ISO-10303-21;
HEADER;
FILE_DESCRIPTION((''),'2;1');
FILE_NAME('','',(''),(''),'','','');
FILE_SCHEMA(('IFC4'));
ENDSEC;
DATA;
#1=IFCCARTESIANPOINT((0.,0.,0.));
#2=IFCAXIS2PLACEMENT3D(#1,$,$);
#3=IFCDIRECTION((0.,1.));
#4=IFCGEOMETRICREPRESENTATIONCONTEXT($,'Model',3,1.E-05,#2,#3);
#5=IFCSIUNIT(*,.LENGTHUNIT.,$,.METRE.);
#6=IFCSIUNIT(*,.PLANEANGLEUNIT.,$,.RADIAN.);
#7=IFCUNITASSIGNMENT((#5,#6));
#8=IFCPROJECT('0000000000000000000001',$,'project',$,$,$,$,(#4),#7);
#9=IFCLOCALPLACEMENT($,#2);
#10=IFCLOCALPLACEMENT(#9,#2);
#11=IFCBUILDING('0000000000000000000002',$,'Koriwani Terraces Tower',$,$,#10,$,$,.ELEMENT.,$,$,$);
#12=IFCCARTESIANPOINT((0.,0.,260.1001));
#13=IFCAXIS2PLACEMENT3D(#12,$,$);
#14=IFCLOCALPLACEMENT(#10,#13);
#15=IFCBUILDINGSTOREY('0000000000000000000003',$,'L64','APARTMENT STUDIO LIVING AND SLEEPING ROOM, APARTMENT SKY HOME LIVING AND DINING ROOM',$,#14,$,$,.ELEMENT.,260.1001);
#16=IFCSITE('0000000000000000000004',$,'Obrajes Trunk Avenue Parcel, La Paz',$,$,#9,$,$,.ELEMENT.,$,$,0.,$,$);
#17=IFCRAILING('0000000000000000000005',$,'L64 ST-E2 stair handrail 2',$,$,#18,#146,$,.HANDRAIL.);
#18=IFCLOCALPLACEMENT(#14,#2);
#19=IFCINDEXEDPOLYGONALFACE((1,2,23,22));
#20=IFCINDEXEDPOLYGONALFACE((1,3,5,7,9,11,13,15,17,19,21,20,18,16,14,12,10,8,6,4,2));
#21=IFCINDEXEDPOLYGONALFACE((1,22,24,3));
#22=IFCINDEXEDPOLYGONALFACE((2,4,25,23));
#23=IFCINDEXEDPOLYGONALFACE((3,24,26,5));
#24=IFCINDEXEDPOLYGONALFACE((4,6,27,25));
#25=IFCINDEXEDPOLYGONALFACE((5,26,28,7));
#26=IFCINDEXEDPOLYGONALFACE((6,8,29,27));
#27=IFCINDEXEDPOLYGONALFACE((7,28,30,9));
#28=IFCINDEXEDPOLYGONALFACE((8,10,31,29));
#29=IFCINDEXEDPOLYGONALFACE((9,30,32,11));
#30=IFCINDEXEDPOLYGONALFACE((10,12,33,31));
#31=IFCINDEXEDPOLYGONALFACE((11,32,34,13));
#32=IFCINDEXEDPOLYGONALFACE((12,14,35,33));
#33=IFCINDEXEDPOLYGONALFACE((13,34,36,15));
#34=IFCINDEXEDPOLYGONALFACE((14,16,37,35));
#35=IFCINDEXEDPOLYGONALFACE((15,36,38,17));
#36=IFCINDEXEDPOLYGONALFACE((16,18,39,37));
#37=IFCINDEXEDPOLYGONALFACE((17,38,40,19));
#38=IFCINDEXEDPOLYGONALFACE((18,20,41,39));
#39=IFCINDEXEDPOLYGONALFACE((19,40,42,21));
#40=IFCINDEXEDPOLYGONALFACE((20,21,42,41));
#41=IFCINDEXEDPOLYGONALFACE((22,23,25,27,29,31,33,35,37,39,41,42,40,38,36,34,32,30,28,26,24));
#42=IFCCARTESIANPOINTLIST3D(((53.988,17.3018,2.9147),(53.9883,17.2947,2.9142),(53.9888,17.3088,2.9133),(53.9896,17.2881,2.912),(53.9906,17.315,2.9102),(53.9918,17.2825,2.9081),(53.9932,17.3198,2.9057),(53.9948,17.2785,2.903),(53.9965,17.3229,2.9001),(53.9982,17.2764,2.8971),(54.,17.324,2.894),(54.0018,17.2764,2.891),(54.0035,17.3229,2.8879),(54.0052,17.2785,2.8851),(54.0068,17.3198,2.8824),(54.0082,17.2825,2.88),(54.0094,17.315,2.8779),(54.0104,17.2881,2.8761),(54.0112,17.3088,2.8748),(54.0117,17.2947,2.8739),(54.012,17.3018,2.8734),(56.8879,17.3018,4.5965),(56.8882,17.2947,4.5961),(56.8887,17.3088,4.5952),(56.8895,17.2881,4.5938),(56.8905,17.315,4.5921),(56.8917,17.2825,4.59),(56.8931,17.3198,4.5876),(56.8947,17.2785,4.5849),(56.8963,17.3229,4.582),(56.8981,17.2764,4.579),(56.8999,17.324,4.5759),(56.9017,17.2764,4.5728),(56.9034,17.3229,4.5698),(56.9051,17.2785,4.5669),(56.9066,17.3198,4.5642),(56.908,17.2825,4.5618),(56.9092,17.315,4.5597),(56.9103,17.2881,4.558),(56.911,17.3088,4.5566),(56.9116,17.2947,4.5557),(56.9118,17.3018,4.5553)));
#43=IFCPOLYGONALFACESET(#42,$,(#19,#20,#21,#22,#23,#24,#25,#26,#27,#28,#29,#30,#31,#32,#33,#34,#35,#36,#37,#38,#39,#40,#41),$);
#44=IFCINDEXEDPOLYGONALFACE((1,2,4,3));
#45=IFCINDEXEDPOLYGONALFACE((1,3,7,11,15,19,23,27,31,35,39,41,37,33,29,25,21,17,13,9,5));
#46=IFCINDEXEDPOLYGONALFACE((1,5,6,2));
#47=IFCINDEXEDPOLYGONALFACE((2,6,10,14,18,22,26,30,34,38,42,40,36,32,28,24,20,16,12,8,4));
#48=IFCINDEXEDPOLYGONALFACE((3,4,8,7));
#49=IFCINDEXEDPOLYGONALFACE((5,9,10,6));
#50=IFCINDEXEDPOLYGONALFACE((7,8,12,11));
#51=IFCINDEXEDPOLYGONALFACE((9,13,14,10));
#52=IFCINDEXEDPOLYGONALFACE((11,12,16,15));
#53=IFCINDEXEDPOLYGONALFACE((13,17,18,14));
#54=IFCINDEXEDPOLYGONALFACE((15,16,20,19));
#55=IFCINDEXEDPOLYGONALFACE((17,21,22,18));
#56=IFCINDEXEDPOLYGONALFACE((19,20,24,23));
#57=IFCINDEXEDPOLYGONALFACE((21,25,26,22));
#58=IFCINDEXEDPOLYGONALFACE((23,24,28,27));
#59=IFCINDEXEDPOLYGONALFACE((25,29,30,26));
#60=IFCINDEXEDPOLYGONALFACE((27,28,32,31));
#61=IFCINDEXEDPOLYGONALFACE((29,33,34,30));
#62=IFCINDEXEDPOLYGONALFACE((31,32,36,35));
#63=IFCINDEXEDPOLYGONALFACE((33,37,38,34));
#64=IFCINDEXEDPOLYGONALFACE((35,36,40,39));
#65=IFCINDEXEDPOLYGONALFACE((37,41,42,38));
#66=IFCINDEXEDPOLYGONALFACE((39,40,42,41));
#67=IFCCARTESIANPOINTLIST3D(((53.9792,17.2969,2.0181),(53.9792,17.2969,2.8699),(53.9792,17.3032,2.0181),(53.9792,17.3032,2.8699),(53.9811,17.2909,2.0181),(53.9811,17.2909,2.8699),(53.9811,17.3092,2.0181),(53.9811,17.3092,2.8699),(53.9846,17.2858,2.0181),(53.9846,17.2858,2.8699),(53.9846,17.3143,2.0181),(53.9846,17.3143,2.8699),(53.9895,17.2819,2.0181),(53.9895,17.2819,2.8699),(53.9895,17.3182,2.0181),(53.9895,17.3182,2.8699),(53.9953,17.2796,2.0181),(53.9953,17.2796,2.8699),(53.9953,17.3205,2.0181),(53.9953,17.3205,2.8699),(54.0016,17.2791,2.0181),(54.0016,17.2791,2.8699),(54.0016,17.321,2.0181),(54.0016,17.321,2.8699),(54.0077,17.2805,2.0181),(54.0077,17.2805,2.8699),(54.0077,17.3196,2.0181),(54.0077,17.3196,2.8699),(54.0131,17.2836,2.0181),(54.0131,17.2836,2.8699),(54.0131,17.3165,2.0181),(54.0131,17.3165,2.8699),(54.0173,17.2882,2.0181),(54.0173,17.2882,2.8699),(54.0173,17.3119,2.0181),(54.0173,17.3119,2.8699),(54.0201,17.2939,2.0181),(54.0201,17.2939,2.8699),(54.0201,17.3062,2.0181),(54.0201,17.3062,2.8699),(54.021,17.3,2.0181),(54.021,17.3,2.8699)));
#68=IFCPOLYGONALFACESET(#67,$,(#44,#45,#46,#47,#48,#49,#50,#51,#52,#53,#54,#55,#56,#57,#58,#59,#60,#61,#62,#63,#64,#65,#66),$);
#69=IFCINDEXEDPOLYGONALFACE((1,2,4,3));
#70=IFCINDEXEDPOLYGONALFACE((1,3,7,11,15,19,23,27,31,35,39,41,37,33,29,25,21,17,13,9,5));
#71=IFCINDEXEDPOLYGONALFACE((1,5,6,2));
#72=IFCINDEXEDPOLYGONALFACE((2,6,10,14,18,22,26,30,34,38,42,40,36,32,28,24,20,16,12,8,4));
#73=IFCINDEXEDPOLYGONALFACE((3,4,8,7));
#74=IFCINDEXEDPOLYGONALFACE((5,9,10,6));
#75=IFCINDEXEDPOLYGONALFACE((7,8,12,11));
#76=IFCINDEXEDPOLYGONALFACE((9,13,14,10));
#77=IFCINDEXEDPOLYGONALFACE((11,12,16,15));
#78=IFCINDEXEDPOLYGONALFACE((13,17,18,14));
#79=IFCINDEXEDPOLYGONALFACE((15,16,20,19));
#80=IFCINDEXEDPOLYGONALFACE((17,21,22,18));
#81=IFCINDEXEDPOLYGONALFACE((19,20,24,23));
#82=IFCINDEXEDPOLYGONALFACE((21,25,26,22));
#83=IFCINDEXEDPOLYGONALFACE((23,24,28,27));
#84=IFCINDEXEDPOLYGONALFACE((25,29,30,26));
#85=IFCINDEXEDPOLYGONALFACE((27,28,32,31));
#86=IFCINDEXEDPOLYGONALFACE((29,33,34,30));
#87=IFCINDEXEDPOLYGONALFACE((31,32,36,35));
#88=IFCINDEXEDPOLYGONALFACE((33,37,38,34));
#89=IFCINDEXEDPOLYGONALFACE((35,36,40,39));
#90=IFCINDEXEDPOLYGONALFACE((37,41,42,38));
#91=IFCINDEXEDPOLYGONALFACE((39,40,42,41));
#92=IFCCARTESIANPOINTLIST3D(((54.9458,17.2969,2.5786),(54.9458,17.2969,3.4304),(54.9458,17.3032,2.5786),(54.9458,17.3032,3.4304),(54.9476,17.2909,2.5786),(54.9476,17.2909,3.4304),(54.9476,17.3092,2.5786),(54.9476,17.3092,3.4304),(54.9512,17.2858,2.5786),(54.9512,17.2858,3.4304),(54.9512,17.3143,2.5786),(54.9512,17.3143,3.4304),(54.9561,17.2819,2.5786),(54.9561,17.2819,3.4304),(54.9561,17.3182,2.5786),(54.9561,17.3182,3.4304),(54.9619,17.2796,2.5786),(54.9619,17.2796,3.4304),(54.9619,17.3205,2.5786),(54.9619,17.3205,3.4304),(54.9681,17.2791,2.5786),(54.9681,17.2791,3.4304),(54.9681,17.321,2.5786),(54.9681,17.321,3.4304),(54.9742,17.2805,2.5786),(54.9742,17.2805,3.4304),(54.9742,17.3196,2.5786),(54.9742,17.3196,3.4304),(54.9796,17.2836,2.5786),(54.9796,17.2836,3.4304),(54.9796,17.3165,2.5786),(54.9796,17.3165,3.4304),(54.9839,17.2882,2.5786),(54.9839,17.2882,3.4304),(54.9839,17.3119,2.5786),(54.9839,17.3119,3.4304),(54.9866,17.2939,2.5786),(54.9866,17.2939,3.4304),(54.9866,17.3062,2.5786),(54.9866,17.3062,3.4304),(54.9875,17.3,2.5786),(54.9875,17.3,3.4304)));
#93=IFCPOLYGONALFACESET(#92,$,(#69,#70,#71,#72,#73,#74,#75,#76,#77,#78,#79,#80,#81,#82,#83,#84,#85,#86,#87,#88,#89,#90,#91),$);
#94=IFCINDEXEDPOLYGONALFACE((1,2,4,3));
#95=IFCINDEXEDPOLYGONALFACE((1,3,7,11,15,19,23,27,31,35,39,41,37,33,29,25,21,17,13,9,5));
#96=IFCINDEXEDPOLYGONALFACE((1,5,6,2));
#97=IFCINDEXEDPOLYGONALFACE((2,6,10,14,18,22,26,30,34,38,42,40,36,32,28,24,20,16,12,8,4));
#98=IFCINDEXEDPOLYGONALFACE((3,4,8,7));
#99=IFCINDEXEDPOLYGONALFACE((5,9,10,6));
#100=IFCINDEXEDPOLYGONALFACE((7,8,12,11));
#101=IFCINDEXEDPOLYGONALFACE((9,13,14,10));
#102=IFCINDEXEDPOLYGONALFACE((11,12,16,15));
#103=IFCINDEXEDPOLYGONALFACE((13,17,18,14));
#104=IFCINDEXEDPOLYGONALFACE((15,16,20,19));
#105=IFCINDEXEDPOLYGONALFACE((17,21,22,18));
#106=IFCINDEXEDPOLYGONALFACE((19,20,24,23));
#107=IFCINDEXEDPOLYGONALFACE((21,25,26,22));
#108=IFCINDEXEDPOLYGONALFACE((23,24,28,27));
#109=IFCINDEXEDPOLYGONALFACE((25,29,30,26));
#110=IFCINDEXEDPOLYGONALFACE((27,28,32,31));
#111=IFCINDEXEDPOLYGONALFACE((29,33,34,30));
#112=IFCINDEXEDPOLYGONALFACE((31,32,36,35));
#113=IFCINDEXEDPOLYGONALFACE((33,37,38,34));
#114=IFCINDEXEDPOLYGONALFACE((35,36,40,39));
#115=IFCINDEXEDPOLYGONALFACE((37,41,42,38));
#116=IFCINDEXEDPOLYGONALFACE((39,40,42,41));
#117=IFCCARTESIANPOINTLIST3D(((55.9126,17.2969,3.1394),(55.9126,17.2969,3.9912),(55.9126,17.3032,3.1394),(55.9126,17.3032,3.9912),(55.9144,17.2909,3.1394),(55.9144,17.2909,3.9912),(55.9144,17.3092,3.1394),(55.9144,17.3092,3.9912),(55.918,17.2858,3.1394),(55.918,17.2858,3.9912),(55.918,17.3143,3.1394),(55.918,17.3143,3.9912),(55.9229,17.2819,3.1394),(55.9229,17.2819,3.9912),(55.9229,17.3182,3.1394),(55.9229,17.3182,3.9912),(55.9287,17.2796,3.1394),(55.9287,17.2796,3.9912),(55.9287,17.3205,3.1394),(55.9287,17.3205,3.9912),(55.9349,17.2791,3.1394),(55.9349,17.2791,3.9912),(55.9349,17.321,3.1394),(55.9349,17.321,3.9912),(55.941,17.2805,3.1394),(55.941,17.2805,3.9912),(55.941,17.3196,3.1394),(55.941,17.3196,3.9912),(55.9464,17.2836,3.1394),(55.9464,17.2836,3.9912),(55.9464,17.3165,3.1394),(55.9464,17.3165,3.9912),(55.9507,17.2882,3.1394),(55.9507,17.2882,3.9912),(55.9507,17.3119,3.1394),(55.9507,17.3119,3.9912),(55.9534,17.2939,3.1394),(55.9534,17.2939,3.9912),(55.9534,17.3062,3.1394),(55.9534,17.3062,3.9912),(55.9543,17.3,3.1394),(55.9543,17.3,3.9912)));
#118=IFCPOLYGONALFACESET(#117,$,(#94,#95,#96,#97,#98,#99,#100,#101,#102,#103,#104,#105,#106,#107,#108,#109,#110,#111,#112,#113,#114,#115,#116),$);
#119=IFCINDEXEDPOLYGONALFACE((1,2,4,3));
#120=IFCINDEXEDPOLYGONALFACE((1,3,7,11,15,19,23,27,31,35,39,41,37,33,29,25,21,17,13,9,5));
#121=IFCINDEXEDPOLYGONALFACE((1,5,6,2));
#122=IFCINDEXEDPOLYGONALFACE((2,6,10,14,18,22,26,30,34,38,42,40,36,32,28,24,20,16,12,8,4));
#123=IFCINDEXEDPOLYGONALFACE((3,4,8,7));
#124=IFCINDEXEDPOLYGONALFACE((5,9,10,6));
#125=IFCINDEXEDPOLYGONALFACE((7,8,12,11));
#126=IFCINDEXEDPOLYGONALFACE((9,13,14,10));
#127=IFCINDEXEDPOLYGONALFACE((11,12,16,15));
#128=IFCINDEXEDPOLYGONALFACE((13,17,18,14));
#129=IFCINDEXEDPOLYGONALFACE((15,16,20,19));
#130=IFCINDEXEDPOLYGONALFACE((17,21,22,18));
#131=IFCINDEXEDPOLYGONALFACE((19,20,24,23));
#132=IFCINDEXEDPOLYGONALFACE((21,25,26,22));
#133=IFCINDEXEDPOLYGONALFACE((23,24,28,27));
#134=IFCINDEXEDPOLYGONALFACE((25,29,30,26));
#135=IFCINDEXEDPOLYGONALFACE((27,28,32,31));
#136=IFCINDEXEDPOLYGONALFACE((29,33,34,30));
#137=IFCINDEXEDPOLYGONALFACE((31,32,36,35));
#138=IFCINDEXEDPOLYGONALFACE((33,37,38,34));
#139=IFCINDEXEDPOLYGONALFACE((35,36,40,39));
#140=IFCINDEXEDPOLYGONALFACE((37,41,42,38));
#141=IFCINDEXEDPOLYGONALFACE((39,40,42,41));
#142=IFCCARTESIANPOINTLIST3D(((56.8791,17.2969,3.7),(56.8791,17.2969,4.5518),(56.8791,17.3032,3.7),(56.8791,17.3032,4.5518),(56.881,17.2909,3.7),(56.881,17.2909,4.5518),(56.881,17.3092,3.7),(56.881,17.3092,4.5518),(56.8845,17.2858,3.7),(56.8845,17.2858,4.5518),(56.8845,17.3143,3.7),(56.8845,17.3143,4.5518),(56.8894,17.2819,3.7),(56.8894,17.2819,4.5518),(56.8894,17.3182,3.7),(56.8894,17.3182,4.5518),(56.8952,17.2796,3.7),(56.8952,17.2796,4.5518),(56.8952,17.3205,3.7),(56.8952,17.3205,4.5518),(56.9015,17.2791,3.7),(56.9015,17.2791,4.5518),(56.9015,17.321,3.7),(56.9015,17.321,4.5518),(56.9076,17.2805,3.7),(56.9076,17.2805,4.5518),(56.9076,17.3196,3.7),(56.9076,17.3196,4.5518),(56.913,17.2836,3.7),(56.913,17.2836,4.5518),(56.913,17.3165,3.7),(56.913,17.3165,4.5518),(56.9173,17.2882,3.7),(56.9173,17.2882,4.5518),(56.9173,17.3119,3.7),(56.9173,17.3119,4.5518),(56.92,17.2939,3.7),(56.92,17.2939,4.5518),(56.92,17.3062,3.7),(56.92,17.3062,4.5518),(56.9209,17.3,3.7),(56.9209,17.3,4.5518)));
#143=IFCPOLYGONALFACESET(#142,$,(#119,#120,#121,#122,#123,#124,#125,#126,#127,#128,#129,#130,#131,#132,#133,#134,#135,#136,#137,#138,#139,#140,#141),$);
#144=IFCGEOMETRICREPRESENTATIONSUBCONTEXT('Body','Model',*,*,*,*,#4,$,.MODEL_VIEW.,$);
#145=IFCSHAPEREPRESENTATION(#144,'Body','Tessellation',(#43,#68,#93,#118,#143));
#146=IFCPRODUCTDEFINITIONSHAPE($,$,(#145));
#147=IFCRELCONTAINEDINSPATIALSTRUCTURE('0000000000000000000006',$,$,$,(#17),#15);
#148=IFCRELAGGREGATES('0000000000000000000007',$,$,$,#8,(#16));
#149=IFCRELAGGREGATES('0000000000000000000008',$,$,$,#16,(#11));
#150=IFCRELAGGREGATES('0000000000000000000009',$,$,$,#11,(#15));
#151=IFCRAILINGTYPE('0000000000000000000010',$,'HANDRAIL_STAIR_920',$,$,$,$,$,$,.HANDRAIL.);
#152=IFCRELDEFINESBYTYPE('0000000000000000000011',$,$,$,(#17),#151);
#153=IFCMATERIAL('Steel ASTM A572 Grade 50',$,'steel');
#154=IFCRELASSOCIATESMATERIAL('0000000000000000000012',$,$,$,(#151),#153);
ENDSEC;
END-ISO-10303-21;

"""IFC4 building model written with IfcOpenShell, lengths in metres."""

from ifc_helpers import new_model, si_unit, direction, frame, origin, origin_2d, place, context, subcontext, project, spatial, circle, extrude, material, type_object, element, save


model = new_model("IFC4")

# Units and contexts
model_context = context("Model", 3, precision=1e-05, world=origin(), true_north=direction((0.0, 1.0)))
body_context = subcontext(model_context, "Body", "Model", "MODEL_VIEW")
ifc_project = project(units=[si_unit("LENGTHUNIT", "METRE"), si_unit("PLANEANGLEUNIT", "RADIAN")], contexts=[model_context])

# Site, building, storey
site_placement = place(None, origin())
site = spatial("IfcSite", under=ifc_project, at=site_placement, Name="Obrajes Trunk Avenue Parcel, La Paz", CompositionType="ELEMENT", RefElevation=0.0)
building_placement = place(site_placement, origin())
building = spatial("IfcBuilding", under=site, at=building_placement, Name="Koriwani Terraces Tower", CompositionType="ELEMENT")
storey_placement = place(building_placement, frame((0.0, 0.0, 260.1001)))
storey = spatial("IfcBuildingStorey", under=building, at=storey_placement, Name="L64", Description="APARTMENT STUDIO LIVING AND SLEEPING ROOM, APARTMENT SKY HOME LIVING AND DINING ROOM", CompositionType="ELEMENT", Elevation=260.1001)

# Shared definitions
ifc_material_1 = material(Name="Steel ASTM A572 Grade 50", Category="steel")

# Railing
railing_type_1 = type_object("IfcRailingType", Name="HANDRAIL_STAIR_920", PredefinedType="HANDRAIL", material=ifc_material_1)
railing_1_placement = place(storey_placement, frame((54.0, 17.3, 2.0181)))
element("IfcRailing", 1, at=railing_1_placement, inside=storey, type_object=railing_type_1, Name="L64 ST-E2 stair handrail 2", PredefinedType="HANDRAIL", context=body_context, shape_type="SweptSolid", body=[
    extrude(circle(Radius=0.0239, at=origin_2d()), frame((0.0, 0.0, 0.876), z_axis=(0.865039, 0.0, 0.501705), x_axis=(0.0, 1.0, 0.0)), (0.0, 0.0, 1.0), 3.3523),
    extrude(circle(Radius=0.021, at=origin_2d()), origin(), (0.0, 0.0, 1.0), 0.8518),
    extrude(circle(Radius=0.021, at=origin_2d()), frame((0.9666, 0.0, 0.5605)), (0.0, 0.0, 1.0), 0.8518),
    extrude(circle(Radius=0.021, at=origin_2d()), frame((1.9333, 0.0, 1.1213)), (0.0, 0.0, 1.0), 0.8518),
    extrude(circle(Radius=0.021, at=origin_2d()), frame((2.8999, 0.0, 1.6819)), (0.0, 0.0, 1.0), 0.8518),
])

save(model, "model.ifc")
